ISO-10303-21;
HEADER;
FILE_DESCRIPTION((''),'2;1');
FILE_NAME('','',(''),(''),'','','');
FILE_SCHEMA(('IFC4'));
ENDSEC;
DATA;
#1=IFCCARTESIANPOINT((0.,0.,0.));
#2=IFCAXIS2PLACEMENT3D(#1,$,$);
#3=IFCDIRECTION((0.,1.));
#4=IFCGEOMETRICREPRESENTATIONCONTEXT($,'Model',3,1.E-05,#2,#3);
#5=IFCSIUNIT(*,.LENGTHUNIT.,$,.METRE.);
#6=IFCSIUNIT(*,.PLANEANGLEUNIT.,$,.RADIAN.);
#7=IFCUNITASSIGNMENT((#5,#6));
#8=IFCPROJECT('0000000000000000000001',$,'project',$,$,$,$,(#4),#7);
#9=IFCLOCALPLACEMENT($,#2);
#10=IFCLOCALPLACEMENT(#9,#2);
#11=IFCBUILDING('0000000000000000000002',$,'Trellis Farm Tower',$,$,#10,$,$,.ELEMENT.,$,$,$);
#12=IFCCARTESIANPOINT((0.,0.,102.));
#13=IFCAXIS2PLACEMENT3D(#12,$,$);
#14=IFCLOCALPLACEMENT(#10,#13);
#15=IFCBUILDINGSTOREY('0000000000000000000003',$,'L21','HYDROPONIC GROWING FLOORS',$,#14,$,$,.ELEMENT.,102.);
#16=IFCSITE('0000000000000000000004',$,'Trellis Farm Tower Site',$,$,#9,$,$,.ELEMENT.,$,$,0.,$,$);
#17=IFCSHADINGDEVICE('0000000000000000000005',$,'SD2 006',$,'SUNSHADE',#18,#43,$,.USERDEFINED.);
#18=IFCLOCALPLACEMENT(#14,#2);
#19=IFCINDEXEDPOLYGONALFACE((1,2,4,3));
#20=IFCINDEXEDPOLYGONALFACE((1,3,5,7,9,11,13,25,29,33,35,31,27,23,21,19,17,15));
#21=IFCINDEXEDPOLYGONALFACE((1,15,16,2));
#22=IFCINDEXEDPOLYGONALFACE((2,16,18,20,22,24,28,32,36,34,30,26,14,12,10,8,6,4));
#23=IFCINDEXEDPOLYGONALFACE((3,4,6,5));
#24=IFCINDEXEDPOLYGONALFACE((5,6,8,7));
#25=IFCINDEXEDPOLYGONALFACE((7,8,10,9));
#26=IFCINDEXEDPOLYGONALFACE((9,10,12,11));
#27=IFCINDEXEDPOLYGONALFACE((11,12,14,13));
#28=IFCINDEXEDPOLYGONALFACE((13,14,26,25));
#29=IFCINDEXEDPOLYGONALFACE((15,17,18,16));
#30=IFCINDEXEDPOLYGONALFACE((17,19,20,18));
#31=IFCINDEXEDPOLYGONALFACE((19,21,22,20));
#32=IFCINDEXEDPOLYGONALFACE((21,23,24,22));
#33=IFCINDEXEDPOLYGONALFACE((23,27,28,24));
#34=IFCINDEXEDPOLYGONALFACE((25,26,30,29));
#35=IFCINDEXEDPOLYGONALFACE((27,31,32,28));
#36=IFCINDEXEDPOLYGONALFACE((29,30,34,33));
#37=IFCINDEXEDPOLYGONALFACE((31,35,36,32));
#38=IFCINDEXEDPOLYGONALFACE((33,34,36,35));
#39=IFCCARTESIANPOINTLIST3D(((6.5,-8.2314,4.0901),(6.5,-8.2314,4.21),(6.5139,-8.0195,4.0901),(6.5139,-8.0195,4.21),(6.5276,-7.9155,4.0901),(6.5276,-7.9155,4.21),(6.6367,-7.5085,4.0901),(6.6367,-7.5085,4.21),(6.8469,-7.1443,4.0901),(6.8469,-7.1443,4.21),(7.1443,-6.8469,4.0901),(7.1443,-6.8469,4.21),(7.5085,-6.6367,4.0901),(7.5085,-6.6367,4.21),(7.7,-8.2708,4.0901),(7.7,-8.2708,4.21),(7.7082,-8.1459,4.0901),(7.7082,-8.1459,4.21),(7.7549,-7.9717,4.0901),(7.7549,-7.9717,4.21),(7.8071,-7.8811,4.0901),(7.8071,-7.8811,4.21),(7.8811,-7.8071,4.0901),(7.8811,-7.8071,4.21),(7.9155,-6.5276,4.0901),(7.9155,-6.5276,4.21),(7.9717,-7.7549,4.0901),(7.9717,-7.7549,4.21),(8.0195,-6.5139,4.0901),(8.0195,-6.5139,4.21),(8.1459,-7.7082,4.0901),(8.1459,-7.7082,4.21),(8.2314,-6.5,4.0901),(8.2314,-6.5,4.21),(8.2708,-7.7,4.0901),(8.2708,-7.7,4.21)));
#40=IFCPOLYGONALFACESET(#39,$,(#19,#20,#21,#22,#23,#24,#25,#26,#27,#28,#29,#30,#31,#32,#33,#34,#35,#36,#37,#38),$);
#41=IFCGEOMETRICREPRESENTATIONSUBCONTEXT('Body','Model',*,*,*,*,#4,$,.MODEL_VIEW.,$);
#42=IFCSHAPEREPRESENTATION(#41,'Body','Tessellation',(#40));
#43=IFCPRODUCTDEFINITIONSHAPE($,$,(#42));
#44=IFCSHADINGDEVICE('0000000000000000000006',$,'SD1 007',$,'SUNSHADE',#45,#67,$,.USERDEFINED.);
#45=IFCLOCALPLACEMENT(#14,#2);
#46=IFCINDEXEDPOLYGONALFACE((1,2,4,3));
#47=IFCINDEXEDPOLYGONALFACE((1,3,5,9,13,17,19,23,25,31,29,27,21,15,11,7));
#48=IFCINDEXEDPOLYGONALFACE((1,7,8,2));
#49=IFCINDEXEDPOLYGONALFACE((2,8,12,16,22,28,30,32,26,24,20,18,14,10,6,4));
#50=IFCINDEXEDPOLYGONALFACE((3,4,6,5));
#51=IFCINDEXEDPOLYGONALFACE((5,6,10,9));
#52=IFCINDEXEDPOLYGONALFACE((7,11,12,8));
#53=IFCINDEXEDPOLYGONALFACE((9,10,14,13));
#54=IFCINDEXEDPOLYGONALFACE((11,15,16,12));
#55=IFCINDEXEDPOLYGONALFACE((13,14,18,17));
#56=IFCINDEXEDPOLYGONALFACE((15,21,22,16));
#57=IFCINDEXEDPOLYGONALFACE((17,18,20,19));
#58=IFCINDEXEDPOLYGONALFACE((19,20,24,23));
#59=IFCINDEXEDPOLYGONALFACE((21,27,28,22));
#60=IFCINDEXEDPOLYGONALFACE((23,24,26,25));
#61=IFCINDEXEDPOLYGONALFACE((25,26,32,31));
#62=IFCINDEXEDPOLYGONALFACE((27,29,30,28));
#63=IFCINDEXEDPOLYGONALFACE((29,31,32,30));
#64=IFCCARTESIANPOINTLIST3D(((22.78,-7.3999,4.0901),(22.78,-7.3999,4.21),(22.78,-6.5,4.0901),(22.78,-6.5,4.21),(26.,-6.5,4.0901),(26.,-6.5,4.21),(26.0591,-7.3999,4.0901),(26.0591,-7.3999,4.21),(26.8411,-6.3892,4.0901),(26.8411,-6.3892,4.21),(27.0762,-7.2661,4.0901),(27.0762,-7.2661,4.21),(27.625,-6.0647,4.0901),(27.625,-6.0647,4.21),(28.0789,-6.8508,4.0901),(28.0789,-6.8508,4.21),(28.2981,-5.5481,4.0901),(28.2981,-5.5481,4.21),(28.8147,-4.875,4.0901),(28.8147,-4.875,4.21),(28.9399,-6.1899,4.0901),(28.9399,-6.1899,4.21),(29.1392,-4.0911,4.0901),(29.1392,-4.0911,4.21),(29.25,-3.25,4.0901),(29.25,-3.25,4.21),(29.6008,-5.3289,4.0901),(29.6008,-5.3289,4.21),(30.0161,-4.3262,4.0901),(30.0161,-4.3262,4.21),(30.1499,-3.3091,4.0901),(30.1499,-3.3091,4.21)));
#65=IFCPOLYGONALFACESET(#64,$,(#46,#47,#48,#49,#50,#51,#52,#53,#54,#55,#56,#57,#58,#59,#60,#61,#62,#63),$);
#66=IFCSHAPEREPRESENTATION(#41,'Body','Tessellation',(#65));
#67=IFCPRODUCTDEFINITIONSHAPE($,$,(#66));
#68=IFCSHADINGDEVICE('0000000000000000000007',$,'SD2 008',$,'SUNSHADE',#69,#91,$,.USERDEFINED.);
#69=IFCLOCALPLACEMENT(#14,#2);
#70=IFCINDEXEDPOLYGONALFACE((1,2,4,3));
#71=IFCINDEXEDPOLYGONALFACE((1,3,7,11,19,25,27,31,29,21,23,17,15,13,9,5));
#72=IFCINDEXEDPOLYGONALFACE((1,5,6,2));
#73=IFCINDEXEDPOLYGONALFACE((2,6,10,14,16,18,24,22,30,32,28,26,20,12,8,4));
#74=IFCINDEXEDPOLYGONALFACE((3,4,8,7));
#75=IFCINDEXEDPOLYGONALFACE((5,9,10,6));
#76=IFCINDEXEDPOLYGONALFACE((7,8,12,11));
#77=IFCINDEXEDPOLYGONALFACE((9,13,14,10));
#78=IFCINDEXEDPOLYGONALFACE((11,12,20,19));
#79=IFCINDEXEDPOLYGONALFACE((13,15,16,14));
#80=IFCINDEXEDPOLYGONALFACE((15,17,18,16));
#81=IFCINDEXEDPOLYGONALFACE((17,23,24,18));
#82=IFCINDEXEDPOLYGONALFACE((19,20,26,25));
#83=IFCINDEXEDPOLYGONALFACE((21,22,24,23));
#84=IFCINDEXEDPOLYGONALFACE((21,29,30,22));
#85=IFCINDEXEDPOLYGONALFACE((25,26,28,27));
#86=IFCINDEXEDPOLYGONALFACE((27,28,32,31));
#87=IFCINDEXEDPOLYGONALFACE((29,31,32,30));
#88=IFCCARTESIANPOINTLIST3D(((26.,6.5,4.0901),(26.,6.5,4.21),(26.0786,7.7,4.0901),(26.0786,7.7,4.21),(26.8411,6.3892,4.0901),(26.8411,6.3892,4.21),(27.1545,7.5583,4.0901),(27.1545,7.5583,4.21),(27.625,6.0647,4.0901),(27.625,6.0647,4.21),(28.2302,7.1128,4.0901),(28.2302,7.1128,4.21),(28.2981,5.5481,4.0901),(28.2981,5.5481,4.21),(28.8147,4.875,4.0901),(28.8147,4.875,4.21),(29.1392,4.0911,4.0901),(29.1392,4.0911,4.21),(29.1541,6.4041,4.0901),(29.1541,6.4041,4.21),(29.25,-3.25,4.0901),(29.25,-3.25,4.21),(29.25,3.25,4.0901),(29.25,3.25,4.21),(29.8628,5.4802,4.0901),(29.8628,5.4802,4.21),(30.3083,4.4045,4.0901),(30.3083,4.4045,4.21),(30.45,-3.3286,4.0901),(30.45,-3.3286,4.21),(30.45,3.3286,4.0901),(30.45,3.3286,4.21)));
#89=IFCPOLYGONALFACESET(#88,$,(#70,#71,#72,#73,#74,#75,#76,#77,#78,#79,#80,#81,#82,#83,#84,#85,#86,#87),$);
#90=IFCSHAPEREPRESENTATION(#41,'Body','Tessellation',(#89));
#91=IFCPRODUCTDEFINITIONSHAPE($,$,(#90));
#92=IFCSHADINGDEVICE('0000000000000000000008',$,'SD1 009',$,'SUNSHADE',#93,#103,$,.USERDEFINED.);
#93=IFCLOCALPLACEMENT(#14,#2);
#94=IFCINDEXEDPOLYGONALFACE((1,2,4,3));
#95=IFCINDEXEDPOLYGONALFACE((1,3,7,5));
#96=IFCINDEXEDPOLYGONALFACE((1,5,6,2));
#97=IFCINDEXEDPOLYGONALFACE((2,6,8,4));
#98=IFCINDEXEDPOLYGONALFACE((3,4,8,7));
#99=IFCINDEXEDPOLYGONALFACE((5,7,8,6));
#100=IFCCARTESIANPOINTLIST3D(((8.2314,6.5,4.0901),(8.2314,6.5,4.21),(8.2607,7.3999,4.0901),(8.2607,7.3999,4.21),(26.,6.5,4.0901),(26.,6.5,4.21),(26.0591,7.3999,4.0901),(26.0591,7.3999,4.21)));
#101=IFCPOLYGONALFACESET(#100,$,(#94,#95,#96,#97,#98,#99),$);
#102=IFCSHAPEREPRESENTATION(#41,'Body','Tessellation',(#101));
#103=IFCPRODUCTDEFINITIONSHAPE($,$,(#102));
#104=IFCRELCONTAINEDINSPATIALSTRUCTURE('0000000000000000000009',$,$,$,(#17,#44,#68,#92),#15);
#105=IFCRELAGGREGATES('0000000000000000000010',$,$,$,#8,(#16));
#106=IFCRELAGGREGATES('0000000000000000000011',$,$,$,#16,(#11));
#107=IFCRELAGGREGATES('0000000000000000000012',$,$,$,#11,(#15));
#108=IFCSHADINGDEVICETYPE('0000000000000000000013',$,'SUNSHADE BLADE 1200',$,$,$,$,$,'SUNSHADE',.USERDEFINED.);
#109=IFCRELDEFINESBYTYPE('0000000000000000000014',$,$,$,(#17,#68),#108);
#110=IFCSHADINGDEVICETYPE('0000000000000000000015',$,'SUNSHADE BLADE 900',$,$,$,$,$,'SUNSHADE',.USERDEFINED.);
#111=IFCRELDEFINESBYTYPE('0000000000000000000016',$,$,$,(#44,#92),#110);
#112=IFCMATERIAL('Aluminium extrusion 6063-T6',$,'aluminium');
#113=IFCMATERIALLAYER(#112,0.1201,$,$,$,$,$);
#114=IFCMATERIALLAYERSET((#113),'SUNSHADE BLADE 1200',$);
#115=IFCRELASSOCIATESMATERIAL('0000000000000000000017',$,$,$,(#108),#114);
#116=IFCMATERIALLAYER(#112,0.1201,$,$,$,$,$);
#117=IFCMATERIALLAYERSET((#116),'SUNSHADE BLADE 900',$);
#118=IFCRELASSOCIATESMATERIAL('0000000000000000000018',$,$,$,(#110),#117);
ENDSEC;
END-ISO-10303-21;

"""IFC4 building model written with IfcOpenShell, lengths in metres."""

from ifc_helpers import new_model, si_unit, direction, frame, origin, place, context, subcontext, project, spatial, polyline, outline, extrude, source, transform, mapped, material, layer, layer_set, type_object, element, save


model = new_model("IFC4")

# Units and contexts
model_context = context("Model", 3, precision=1e-05, world=origin(), true_north=direction((0.0, 1.0)))
body_context = subcontext(model_context, "Body", "Model", "MODEL_VIEW")
ifc_project = project(units=[si_unit("LENGTHUNIT", "METRE"), si_unit("PLANEANGLEUNIT", "RADIAN")], contexts=[model_context])

# Site, building, storey
site_placement = place(None, origin())
site = spatial("IfcSite", under=ifc_project, at=site_placement, Name="Trellis Farm Tower Site", CompositionType="ELEMENT", RefElevation=0.0)
building_placement = place(site_placement, origin())
building = spatial("IfcBuilding", under=site, at=building_placement, Name="Trellis Farm Tower", CompositionType="ELEMENT")
storey_placement = place(building_placement, frame((0.0, 0.0, 102.0)))
storey = spatial("IfcBuildingStorey", under=building, at=storey_placement, Name="L21", Description="HYDROPONIC GROWING FLOORS", CompositionType="ELEMENT", Elevation=102.0)

# Shared definitions
ifc_material_1 = material(Name="Aluminium extrusion 6063-T6", Category="aluminium")

# Shading devices
ifc_layer_1 = layer(ifc_material_1, 0.1201)
ifc_layer_set_1 = layer_set([ifc_layer_1], Name="SUNSHADE BLADE 1200")
shading_device_type_1 = type_object("IfcShadingDeviceType", Name="SUNSHADE BLADE 1200", ElementType="SUNSHADE", PredefinedType="USERDEFINED", material=ifc_layer_set_1)
placement_1 = place(storey_placement, frame((0.0, 0.0, 4.0901)))
shared_shape_1 = source(origin(), body_context, "Body", "SweptSolid", [
    extrude(outline(polyline([(7.7, -8.2708), (7.7087, -8.1372), (7.707, -8.1501), (7.7549, -7.9717), (7.8071, -7.8811), (7.8811, -7.8071), (7.9717, -7.7549), (8.1501, -7.707), (8.1372, -7.7087), (8.2708, -7.7), (8.2314, -6.5), (8.0195, -6.5139), (7.9155, -6.5276), (7.5085, -6.6367), (7.1443, -6.8469), (6.8469, -7.1443), (6.6367, -7.5085), (6.5276, -7.9155), (6.5139, -8.0195), (6.5, -8.2314), (7.7, -8.2708)])), origin(), (0.0, 0.0, 1.0), 0.1199),
])
element("IfcShadingDevice", 1, at=placement_1, inside=storey, type_object=shading_device_type_1, Name="SD2 006", ObjectType="SUNSHADE", PredefinedType="USERDEFINED", context=body_context, shape_type="MappedRepresentation", body=[
    mapped(shared_shape_1, transform((0.0, 0.0, 0.0))),
])
ifc_layer_2 = layer(ifc_material_1, 0.1201)
ifc_layer_set_2 = layer_set([ifc_layer_2], Name="SUNSHADE BLADE 900")
shading_device_type_2 = type_object("IfcShadingDeviceType", Name="SUNSHADE BLADE 900", ElementType="SUNSHADE", PredefinedType="USERDEFINED", material=ifc_layer_set_2)
shared_shape_2 = source(origin(), body_context, "Body", "SweptSolid", [
    extrude(outline(polyline([(22.78, -7.3999), (26.0591, -7.3999), (27.0762, -7.2661), (28.0789, -6.8508), (28.9399, -6.1899), (29.6008, -5.3289), (30.0161, -4.3262), (30.1499, -3.3091), (29.25, -3.25), (29.1392, -4.0911), (28.8147, -4.875), (28.2981, -5.5481), (27.625, -6.0647), (26.8411, -6.3892), (26.0, -6.5), (22.78, -6.5), (22.78, -7.3999)])), origin(), (0.0, 0.0, 1.0), 0.1199),
])
element("IfcShadingDevice", 2, at=placement_1, inside=storey, type_object=shading_device_type_2, Name="SD1 007", ObjectType="SUNSHADE", PredefinedType="USERDEFINED", context=body_context, shape_type="MappedRepresentation", body=[
    mapped(shared_shape_2, transform((0.0, 0.0, 0.0))),
])
shared_shape_3 = source(origin(), body_context, "Body", "SweptSolid", [
    extrude(outline(polyline([(30.45, -3.3286), (30.45, 3.3286), (30.3083, 4.4045), (29.8628, 5.4802), (29.1541, 6.4041), (28.2302, 7.1128), (27.1545, 7.5583), (26.0786, 7.7), (26.0, 6.5), (26.8411, 6.3892), (27.625, 6.0647), (28.2981, 5.5481), (28.8147, 4.875), (29.1392, 4.0911), (29.25, 3.25), (29.25, -3.25), (30.45, -3.3286)])), origin(), (0.0, 0.0, 1.0), 0.1199),
])
element("IfcShadingDevice", 3, at=placement_1, inside=storey, type_object=shading_device_type_1, Name="SD2 008", ObjectType="SUNSHADE", PredefinedType="USERDEFINED", context=body_context, shape_type="MappedRepresentation", body=[
    mapped(shared_shape_3, transform((0.0, 0.0, 0.0))),
])
shared_shape_4 = source(origin(), body_context, "Body", "SweptSolid", [
    extrude(outline(polyline([(26.0591, 7.3999), (8.2607, 7.3999), (8.2314, 6.5), (26.0, 6.5), (26.0591, 7.3999)])), origin(), (0.0, 0.0, 1.0), 0.1199),
])
element("IfcShadingDevice", 4, at=placement_1, inside=storey, type_object=shading_device_type_2, Name="SD1 009", ObjectType="SUNSHADE", PredefinedType="USERDEFINED", context=body_context, shape_type="MappedRepresentation", body=[
    mapped(shared_shape_4, transform((0.0, 0.0, 0.0))),
])

save(model, "model.ifc")
